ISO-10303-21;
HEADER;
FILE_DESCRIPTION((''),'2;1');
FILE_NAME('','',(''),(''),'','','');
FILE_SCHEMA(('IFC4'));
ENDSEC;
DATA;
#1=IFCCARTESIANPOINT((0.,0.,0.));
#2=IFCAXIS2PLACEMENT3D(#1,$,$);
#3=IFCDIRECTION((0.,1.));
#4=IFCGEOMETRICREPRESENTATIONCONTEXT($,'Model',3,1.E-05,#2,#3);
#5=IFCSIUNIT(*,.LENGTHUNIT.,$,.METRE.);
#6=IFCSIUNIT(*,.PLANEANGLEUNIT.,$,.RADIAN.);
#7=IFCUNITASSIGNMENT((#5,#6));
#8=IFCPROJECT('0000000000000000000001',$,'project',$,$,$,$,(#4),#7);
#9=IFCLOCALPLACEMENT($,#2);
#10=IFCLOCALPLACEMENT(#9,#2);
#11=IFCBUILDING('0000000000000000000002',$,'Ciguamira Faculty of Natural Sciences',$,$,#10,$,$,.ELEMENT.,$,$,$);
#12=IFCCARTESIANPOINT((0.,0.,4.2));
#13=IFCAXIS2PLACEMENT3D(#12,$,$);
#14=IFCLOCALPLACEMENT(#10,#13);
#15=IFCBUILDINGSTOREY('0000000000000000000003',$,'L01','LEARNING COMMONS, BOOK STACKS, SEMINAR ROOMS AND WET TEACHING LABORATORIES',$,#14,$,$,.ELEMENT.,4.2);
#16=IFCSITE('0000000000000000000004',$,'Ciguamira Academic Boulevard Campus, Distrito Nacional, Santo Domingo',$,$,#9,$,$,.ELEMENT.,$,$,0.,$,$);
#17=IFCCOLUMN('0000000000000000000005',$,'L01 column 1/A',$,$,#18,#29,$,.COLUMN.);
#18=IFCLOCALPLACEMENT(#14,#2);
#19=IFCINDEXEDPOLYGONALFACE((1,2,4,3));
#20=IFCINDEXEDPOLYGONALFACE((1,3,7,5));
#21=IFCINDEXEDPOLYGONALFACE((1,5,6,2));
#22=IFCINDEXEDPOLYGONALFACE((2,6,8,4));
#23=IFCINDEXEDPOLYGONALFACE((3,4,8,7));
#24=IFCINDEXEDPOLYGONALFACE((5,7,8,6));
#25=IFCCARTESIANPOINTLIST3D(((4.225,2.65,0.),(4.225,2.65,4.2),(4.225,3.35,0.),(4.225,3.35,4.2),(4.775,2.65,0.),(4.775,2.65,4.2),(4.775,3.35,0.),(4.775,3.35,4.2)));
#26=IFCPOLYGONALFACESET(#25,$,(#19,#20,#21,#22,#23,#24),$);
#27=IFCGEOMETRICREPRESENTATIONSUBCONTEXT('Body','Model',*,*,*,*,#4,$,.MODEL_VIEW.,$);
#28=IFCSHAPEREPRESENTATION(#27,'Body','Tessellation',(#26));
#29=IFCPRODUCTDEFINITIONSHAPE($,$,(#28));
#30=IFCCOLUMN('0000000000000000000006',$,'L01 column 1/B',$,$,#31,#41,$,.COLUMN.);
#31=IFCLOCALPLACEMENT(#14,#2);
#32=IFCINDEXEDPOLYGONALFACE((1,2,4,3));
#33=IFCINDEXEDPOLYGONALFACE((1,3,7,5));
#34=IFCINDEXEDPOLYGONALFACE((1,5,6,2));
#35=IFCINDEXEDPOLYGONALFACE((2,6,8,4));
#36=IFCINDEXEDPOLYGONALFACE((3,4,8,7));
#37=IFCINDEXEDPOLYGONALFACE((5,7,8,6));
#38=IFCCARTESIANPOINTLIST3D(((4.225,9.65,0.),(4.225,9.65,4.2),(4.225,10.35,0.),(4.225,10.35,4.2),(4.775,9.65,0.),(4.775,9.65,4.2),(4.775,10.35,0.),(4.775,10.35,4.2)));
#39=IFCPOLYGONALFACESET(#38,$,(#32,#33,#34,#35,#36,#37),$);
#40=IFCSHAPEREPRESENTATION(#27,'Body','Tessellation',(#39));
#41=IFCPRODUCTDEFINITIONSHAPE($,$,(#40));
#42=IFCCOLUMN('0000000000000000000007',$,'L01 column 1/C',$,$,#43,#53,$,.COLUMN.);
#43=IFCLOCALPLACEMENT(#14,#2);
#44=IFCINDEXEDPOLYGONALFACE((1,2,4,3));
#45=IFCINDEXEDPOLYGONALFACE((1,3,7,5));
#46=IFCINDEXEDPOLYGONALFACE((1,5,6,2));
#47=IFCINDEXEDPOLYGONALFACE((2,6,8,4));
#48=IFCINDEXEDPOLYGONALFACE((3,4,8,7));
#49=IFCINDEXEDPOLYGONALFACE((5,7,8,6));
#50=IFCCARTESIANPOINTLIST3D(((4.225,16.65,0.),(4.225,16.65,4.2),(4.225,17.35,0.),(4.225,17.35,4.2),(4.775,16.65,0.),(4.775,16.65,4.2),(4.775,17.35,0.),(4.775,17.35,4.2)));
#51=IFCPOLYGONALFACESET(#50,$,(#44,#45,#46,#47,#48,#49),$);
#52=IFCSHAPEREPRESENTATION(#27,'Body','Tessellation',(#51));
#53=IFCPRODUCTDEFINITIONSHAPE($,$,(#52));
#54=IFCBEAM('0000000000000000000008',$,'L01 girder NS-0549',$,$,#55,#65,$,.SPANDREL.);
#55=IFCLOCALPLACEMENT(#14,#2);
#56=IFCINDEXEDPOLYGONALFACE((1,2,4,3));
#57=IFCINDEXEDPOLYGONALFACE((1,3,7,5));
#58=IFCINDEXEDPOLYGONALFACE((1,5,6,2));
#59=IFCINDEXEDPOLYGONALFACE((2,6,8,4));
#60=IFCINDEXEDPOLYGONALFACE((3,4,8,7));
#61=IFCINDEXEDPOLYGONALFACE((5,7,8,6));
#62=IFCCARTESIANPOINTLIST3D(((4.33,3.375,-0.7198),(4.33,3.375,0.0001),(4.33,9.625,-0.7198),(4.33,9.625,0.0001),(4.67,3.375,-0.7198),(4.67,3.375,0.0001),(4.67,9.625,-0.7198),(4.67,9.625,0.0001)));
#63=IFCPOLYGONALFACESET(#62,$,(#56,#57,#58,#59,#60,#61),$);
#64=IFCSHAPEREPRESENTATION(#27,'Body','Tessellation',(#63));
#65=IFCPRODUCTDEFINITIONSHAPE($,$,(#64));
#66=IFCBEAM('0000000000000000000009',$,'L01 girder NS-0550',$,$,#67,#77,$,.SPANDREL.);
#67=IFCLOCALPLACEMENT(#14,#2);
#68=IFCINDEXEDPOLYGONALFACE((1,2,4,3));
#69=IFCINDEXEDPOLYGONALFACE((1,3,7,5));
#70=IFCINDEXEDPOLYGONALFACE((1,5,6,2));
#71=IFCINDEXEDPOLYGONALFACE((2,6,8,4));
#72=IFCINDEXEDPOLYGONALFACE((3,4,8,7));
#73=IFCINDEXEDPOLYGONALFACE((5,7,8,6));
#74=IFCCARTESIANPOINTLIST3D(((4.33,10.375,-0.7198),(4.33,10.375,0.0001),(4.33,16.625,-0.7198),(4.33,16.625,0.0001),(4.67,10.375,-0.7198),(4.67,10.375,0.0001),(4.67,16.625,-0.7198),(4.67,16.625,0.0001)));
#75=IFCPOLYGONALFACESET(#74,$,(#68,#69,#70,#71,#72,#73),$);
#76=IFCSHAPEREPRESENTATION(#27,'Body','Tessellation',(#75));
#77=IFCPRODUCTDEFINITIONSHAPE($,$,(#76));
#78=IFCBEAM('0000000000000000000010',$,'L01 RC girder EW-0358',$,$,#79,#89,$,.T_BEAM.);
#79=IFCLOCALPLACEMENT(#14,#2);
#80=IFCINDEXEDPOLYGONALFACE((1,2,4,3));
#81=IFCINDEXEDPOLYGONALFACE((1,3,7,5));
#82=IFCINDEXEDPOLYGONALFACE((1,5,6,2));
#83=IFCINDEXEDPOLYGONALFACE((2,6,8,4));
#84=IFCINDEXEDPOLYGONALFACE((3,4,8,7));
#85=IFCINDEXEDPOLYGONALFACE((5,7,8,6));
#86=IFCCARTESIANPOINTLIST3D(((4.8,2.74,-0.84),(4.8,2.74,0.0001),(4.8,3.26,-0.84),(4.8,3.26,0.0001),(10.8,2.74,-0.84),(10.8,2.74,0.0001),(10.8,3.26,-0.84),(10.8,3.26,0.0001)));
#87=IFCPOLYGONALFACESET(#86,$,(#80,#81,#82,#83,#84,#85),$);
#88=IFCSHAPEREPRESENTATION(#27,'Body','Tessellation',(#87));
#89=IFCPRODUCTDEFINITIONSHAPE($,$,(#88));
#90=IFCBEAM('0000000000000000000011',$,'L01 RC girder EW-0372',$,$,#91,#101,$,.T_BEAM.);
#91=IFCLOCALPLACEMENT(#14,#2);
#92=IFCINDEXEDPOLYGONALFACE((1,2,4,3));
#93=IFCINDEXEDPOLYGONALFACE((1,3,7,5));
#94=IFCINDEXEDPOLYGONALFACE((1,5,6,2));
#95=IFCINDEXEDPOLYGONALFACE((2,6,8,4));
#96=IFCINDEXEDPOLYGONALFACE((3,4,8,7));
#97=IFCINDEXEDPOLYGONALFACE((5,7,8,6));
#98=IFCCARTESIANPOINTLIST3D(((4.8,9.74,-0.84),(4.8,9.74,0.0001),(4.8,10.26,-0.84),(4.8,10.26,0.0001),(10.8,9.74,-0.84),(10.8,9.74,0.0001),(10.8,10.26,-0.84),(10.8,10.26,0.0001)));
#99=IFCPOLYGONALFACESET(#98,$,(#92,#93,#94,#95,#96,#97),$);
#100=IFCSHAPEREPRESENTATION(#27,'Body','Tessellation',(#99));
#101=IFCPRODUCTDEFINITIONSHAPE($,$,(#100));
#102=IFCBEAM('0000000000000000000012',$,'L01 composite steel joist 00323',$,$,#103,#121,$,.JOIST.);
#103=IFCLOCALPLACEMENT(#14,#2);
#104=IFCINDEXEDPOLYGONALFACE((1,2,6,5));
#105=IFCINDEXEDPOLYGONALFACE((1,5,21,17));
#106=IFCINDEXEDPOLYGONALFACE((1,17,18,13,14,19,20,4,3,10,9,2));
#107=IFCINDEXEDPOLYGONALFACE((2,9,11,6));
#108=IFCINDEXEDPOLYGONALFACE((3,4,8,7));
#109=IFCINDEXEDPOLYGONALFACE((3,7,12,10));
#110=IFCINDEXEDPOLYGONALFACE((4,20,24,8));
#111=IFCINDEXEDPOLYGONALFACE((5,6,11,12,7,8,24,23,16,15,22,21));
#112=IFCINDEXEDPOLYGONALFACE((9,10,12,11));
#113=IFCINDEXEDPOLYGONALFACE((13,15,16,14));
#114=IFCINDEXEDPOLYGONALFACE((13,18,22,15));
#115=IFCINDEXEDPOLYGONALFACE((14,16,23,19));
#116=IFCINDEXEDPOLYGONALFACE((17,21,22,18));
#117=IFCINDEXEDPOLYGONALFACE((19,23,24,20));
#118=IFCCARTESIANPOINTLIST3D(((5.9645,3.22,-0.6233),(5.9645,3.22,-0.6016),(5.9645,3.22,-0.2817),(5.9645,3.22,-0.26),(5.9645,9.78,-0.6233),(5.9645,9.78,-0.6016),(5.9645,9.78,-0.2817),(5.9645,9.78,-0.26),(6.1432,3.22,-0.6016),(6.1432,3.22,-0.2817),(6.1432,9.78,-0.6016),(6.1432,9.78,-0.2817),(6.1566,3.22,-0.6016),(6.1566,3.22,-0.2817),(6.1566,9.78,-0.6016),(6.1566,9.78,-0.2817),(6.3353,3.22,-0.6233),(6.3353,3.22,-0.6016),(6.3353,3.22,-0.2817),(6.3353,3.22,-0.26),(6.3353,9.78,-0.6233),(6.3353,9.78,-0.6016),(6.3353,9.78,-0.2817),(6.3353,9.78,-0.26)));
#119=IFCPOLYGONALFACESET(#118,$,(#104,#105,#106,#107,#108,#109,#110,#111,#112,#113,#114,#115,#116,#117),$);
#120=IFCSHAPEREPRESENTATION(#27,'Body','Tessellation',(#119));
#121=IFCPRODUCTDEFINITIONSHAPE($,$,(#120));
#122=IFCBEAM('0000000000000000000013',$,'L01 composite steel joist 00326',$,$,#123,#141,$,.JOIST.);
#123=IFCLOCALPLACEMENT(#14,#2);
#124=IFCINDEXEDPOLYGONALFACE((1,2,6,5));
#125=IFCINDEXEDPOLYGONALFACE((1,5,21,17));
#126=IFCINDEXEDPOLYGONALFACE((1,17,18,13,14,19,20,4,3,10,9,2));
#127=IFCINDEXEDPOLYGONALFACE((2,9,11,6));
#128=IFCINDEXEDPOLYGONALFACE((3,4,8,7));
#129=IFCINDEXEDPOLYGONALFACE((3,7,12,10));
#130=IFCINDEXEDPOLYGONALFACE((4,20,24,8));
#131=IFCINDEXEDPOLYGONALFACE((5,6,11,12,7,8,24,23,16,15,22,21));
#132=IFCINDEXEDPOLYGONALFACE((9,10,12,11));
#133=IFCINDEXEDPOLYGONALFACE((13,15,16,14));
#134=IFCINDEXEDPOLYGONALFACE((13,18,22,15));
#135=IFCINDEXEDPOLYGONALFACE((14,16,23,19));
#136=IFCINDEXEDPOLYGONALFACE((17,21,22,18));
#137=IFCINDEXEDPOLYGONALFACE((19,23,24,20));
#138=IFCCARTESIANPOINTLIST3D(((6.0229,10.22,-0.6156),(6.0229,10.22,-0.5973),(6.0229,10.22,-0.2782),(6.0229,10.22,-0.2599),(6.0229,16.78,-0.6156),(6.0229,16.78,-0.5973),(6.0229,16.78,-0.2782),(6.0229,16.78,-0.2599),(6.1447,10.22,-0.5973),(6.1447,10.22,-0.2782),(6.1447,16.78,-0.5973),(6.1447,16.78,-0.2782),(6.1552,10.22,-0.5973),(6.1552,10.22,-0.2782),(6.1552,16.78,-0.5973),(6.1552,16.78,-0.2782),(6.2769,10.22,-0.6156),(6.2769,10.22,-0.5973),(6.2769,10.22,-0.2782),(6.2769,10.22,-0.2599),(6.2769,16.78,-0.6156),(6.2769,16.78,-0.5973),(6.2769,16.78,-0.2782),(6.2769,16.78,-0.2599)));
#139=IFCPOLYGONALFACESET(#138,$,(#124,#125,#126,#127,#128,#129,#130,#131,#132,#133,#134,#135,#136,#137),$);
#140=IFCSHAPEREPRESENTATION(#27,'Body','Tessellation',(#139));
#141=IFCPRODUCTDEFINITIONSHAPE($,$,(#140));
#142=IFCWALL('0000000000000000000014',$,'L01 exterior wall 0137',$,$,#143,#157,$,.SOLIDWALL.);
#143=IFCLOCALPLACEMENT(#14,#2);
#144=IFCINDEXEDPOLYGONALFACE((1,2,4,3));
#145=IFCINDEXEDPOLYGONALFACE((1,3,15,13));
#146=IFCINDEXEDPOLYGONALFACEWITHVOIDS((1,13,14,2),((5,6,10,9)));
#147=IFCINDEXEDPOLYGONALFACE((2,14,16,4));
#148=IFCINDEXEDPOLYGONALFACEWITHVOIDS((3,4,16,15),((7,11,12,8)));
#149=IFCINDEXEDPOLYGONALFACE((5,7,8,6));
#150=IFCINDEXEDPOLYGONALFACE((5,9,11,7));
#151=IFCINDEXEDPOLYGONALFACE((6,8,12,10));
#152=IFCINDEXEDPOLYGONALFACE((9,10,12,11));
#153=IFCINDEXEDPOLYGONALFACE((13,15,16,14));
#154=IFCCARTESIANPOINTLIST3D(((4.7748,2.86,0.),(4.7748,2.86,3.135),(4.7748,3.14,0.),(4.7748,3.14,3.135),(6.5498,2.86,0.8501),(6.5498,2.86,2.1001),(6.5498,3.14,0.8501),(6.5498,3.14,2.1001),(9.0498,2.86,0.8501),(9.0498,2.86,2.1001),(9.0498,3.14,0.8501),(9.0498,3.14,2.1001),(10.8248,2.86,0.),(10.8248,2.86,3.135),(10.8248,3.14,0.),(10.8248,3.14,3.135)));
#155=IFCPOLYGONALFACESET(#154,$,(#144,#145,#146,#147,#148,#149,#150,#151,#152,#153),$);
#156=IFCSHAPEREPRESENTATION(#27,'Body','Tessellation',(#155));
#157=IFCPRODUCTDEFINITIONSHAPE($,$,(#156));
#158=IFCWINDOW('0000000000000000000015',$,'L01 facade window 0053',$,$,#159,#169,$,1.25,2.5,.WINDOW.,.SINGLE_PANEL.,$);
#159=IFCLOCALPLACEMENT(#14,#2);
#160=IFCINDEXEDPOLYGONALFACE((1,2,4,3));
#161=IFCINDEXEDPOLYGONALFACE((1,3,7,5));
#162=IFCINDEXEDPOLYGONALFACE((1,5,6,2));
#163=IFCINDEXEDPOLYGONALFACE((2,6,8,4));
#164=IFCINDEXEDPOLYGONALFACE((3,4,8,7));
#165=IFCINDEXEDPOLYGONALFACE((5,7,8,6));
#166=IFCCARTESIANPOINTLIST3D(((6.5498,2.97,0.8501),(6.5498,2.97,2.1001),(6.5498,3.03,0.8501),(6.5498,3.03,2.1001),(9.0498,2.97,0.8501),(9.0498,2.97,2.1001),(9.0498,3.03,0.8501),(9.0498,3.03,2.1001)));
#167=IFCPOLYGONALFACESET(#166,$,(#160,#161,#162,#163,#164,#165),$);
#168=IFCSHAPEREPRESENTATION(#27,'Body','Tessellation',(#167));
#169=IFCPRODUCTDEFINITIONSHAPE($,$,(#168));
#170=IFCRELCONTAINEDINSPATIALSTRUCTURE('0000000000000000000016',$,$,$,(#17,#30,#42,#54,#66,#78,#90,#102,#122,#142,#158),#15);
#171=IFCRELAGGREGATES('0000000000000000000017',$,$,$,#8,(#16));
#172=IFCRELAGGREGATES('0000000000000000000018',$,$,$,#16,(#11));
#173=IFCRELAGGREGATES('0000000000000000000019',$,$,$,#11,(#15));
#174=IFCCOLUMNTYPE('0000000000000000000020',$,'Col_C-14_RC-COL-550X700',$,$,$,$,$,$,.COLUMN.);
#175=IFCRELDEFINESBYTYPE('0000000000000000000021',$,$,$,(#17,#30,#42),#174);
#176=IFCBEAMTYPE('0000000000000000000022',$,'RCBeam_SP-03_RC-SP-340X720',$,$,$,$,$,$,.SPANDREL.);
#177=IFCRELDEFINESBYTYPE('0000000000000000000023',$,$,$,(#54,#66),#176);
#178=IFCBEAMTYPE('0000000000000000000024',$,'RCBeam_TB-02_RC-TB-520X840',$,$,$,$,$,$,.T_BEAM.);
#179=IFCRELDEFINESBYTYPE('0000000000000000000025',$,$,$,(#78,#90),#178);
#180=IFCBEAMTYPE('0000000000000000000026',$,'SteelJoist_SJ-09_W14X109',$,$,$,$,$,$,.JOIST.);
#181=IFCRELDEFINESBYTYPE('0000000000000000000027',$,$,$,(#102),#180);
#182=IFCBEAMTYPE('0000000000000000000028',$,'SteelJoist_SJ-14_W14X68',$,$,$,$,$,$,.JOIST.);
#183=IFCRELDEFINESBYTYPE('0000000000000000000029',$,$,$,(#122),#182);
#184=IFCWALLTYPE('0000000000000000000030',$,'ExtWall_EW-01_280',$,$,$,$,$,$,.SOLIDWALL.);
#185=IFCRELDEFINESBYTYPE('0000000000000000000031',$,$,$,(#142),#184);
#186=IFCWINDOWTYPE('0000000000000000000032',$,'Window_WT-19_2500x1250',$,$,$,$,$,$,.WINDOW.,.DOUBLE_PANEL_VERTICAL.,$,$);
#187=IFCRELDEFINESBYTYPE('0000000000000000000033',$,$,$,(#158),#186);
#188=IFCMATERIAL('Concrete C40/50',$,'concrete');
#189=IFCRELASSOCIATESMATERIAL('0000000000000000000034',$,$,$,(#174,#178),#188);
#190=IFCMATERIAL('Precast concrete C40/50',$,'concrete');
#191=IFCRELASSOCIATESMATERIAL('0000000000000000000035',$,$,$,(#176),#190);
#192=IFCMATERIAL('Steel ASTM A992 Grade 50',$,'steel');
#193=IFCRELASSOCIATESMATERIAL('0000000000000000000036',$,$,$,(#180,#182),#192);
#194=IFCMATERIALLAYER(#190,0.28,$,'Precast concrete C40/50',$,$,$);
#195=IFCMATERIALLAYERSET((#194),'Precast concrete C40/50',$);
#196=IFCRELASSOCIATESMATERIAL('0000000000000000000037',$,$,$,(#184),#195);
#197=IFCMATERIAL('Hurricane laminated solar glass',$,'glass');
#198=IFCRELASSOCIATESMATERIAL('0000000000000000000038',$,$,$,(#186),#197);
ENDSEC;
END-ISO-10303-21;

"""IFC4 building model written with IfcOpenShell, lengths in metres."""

from ifc_helpers import new_model, si_unit, direction, frame, frame_2d, origin, origin_2d, place, context, subcontext, project, spatial, rectangle, i_section, extrude, material, layer, layer_set, material_profile, profile_set, type_object, element, fill, save


model = new_model("IFC4")

# Units and contexts
model_context = context("Model", 3, precision=1e-05, world=origin(), true_north=direction((0.0, 1.0)))
body_context = subcontext(model_context, "Body", "Model", "MODEL_VIEW")
ifc_project = project(units=[si_unit("LENGTHUNIT", "METRE"), si_unit("PLANEANGLEUNIT", "RADIAN")], contexts=[model_context])

# Site, building, storey
site_placement = place(None, origin())
site = spatial("IfcSite", under=ifc_project, at=site_placement, Name="Ciguamira Academic Boulevard Campus, Distrito Nacional, Santo Domingo", CompositionType="ELEMENT", RefElevation=0.0)
building_placement = place(site_placement, origin())
building = spatial("IfcBuilding", under=site, at=building_placement, Name="Ciguamira Faculty of Natural Sciences", CompositionType="ELEMENT")
storey_placement = place(building_placement, frame((0.0, 0.0, 4.2)))
storey = spatial("IfcBuildingStorey", under=building, at=storey_placement, Name="L01", Description="LEARNING COMMONS, BOOK STACKS, SEMINAR ROOMS AND WET TEACHING LABORATORIES", CompositionType="ELEMENT", Elevation=4.2)

# Columns
ifc_material_1 = material(Name="Concrete C40/50", Category="concrete")
ifc_material_profile_1 = material_profile(ifc_material_1, rectangle(XDim=0.55, YDim=0.7, at=origin_2d()), Name="RC-COL-550X700")
ifc_profile_set_1 = profile_set([ifc_material_profile_1], Name="Concrete C40/50")
column_type = type_object("IfcColumnType", Name="Col_C-14_RC-COL-550X700", PredefinedType="COLUMN", material=ifc_profile_set_1)
for number, where, z_axis, x_axis, name in (
    (1, (4.5, 3.0, 0.0), (0.0, 0.0, 1.0), (1.0, 0.0, 0.0), "L01 column 1/A"),
    (2, (4.5, 10.0, 0.0), (0.0, 0.0, 1.0), (1.0, 0.0, 0.0), "L01 column 1/B"),
    (3, (4.5, 17.0, 0.0), (0.0, 0.0, 1.0), (1.0, 0.0, 0.0), "L01 column 1/C"),
):
    element("IfcColumn", number, at=place(storey_placement, frame(where, z_axis=z_axis, x_axis=x_axis)), inside=storey, type_object=column_type, Name=name, PredefinedType="COLUMN", context=body_context, shape_type="SweptSolid", body=[
        extrude(rectangle(XDim=0.55, YDim=0.7, at=origin_2d()), origin(), (0.0, 0.0, 1.0), 4.2),
    ])

# Beams
ifc_material_2 = material(Name="Precast concrete C40/50", Category="concrete")
ifc_material_profile_2 = material_profile(ifc_material_2, rectangle(XDim=0.3401, YDim=0.72, at=origin_2d()), Name="RC-SP-340X720")
ifc_profile_set_2 = profile_set([ifc_material_profile_2], Name="Precast concrete C40/50")
beam_type_1 = type_object("IfcBeamType", Name="RCBeam_SP-03_RC-SP-340X720", PredefinedType="SPANDREL", material=ifc_profile_set_2)
for number, where, z_axis, x_axis, name in (
    (4, (4.5, 3.375, -0.3599), (0.0, 1.0, 0.0), (-1.0, 0.0, 0.0), "L01 girder NS-0549"),
    (5, (4.5, 10.375, -0.3599), (0.0, 1.0, 0.0), (-1.0, 0.0, 0.0), "L01 girder NS-0550"),
):
    element("IfcBeam", number, at=place(storey_placement, frame(where, z_axis=z_axis, x_axis=x_axis)), inside=storey, type_object=beam_type_1, Name=name, PredefinedType="SPANDREL", context=body_context, shape_type="SweptSolid", body=[
        extrude(rectangle(XDim=0.3401, YDim=0.72, at=origin_2d()), origin(), (0.0, 0.0, 1.0), 6.25),
    ])
ifc_material_profile_3 = material_profile(ifc_material_1, rectangle(XDim=0.52, YDim=0.8401, at=origin_2d()), Name="RC-TB-520X840")
ifc_profile_set_3 = profile_set([ifc_material_profile_3], Name="Concrete C40/50")
beam_type_2 = type_object("IfcBeamType", Name="RCBeam_TB-02_RC-TB-520X840", PredefinedType="T_BEAM", material=ifc_profile_set_3)
for number, where, z_axis, x_axis, name in (
    (6, (4.8, 3.0, -0.4199), (1.0, 0.0, 0.0), (0.0, 1.0, 0.0), "L01 RC girder EW-0358"),
    (7, (4.8, 10.0, -0.4199), (1.0, 0.0, 0.0), (0.0, 1.0, 0.0), "L01 RC girder EW-0372"),
):
    element("IfcBeam", number, at=place(storey_placement, frame(where, z_axis=z_axis, x_axis=x_axis)), inside=storey, type_object=beam_type_2, Name=name, PredefinedType="T_BEAM", context=body_context, shape_type="SweptSolid", body=[
        extrude(rectangle(XDim=0.52, YDim=0.8401, at=origin_2d()), origin(), (0.0, 0.0, 1.0), 6.0),
    ])
ifc_material_3 = material(Name="Steel ASTM A992 Grade 50", Category="steel")
ifc_material_profile_4 = material_profile(ifc_material_3, i_section(OverallWidth=0.3708, OverallDepth=0.3633, WebThickness=0.0134, FlangeThickness=0.0217, at=origin_2d()), Name="W14X109")
ifc_profile_set_4 = profile_set([ifc_material_profile_4], Name="Steel ASTM A992 Grade 50")
beam_type_3 = type_object("IfcBeamType", Name="SteelJoist_SJ-09_W14X109", PredefinedType="JOIST", material=ifc_profile_set_4)
beam_1_placement = place(storey_placement, frame((6.1499, 3.22, -0.4417), z_axis=(0.0, 1.0, 0.0), x_axis=(-1.0, 0.0, 0.0)))
element("IfcBeam", 8, at=beam_1_placement, inside=storey, type_object=beam_type_3, Name="L01 composite steel joist 00323", PredefinedType="JOIST", context=body_context, shape_type="SweptSolid", body=[
    extrude(i_section(OverallWidth=0.3708, OverallDepth=0.3633, WebThickness=0.0134, FlangeThickness=0.0217, at=origin_2d()), origin(), (0.0, 0.0, 1.0), 6.5601),
])
ifc_material_profile_5 = material_profile(ifc_material_3, i_section(OverallWidth=0.2539, OverallDepth=0.3557, WebThickness=0.0105, FlangeThickness=0.0183, at=origin_2d()), Name="W14X68")
ifc_profile_set_5 = profile_set([ifc_material_profile_5], Name="Steel ASTM A992 Grade 50")
beam_type_4 = type_object("IfcBeamType", Name="SteelJoist_SJ-14_W14X68", PredefinedType="JOIST", material=ifc_profile_set_5)
beam_2_placement = place(storey_placement, frame((6.1499, 10.22, -0.4377), z_axis=(0.0, 1.0, 0.0), x_axis=(-1.0, 0.0, 0.0)))
element("IfcBeam", 9, at=beam_2_placement, inside=storey, type_object=beam_type_4, Name="L01 composite steel joist 00326", PredefinedType="JOIST", context=body_context, shape_type="SweptSolid", body=[
    extrude(i_section(OverallWidth=0.2539, OverallDepth=0.3557, WebThickness=0.0105, FlangeThickness=0.0183, at=origin_2d()), origin(), (0.0, 0.0, 1.0), 6.5601),
])

# Wall, opening, window
ifc_layer_1 = layer(ifc_material_2, 0.28, Name="Precast concrete C40/50")
ifc_layer_set_1 = layer_set([ifc_layer_1], Name="Precast concrete C40/50")
wall_type_1 = type_object("IfcWallType", Name="ExtWall_EW-01_280", PredefinedType="SOLIDWALL", material=ifc_layer_set_1)
wall_1_placement = place(storey_placement, frame((4.7749, 3.0, 0.0), z_axis=(0.0, 0.0, 1.0), x_axis=(1.0, 0.0, 0.0)))
wall_1 = element("IfcWall", 10, at=wall_1_placement, inside=storey, type_object=wall_type_1, Name="L01 exterior wall 0137", PredefinedType="SOLIDWALL", context=body_context, shape_type="SweptSolid", body=[
    extrude(rectangle(XDim=6.05, YDim=0.28, at=frame_2d((3.0249, 0.0))), origin(), (0.0, 0.0, 1.0), 3.135),
])
opening_1_placement = place(wall_1_placement, frame((1.7749, 0.0, 0.8501)))
opening_1 = element("IfcOpeningElement", 11, at=opening_1_placement, cuts=wall_1, PredefinedType="OPENING", context=body_context, shape_type="SweptSolid", body=[
    extrude(rectangle(XDim=2.5, YDim=1.25, at=frame_2d((1.25, 0.625))), frame((0.0, 0.1499, 0.0), z_axis=(0.0, -1.0, 0.0), x_axis=(1.0, 0.0, 0.0)), (0.0, 0.0, 1.0), 0.3),
])
ifc_material_4 = material(Name="Hurricane laminated solar glass", Category="glass")
window_type_1 = type_object("IfcWindowType", Name="Window_WT-19_2500x1250", PartitioningType="DOUBLE_PANEL_VERTICAL", PredefinedType="WINDOW", material=ifc_material_4)
window_1_placement = place(opening_1_placement, origin())
window_1 = element("IfcWindow", 12, at=window_1_placement, inside=storey, type_object=window_type_1, Name="L01 facade window 0053", OverallHeight=1.25, OverallWidth=2.5, PartitioningType="SINGLE_PANEL", PredefinedType="WINDOW", context=body_context, shape_type="SweptSolid", body=[
    extrude(rectangle(XDim=2.5, YDim=1.25, at=frame_2d((1.25, 0.625))), frame((0.0, 0.03, 0.0), z_axis=(0.0, -1.0, 0.0), x_axis=(1.0, 0.0, 0.0)), (0.0, 0.0, 1.0), 0.0601),
])
fill(opening_1, window_1)

save(model, "model.ifc")
